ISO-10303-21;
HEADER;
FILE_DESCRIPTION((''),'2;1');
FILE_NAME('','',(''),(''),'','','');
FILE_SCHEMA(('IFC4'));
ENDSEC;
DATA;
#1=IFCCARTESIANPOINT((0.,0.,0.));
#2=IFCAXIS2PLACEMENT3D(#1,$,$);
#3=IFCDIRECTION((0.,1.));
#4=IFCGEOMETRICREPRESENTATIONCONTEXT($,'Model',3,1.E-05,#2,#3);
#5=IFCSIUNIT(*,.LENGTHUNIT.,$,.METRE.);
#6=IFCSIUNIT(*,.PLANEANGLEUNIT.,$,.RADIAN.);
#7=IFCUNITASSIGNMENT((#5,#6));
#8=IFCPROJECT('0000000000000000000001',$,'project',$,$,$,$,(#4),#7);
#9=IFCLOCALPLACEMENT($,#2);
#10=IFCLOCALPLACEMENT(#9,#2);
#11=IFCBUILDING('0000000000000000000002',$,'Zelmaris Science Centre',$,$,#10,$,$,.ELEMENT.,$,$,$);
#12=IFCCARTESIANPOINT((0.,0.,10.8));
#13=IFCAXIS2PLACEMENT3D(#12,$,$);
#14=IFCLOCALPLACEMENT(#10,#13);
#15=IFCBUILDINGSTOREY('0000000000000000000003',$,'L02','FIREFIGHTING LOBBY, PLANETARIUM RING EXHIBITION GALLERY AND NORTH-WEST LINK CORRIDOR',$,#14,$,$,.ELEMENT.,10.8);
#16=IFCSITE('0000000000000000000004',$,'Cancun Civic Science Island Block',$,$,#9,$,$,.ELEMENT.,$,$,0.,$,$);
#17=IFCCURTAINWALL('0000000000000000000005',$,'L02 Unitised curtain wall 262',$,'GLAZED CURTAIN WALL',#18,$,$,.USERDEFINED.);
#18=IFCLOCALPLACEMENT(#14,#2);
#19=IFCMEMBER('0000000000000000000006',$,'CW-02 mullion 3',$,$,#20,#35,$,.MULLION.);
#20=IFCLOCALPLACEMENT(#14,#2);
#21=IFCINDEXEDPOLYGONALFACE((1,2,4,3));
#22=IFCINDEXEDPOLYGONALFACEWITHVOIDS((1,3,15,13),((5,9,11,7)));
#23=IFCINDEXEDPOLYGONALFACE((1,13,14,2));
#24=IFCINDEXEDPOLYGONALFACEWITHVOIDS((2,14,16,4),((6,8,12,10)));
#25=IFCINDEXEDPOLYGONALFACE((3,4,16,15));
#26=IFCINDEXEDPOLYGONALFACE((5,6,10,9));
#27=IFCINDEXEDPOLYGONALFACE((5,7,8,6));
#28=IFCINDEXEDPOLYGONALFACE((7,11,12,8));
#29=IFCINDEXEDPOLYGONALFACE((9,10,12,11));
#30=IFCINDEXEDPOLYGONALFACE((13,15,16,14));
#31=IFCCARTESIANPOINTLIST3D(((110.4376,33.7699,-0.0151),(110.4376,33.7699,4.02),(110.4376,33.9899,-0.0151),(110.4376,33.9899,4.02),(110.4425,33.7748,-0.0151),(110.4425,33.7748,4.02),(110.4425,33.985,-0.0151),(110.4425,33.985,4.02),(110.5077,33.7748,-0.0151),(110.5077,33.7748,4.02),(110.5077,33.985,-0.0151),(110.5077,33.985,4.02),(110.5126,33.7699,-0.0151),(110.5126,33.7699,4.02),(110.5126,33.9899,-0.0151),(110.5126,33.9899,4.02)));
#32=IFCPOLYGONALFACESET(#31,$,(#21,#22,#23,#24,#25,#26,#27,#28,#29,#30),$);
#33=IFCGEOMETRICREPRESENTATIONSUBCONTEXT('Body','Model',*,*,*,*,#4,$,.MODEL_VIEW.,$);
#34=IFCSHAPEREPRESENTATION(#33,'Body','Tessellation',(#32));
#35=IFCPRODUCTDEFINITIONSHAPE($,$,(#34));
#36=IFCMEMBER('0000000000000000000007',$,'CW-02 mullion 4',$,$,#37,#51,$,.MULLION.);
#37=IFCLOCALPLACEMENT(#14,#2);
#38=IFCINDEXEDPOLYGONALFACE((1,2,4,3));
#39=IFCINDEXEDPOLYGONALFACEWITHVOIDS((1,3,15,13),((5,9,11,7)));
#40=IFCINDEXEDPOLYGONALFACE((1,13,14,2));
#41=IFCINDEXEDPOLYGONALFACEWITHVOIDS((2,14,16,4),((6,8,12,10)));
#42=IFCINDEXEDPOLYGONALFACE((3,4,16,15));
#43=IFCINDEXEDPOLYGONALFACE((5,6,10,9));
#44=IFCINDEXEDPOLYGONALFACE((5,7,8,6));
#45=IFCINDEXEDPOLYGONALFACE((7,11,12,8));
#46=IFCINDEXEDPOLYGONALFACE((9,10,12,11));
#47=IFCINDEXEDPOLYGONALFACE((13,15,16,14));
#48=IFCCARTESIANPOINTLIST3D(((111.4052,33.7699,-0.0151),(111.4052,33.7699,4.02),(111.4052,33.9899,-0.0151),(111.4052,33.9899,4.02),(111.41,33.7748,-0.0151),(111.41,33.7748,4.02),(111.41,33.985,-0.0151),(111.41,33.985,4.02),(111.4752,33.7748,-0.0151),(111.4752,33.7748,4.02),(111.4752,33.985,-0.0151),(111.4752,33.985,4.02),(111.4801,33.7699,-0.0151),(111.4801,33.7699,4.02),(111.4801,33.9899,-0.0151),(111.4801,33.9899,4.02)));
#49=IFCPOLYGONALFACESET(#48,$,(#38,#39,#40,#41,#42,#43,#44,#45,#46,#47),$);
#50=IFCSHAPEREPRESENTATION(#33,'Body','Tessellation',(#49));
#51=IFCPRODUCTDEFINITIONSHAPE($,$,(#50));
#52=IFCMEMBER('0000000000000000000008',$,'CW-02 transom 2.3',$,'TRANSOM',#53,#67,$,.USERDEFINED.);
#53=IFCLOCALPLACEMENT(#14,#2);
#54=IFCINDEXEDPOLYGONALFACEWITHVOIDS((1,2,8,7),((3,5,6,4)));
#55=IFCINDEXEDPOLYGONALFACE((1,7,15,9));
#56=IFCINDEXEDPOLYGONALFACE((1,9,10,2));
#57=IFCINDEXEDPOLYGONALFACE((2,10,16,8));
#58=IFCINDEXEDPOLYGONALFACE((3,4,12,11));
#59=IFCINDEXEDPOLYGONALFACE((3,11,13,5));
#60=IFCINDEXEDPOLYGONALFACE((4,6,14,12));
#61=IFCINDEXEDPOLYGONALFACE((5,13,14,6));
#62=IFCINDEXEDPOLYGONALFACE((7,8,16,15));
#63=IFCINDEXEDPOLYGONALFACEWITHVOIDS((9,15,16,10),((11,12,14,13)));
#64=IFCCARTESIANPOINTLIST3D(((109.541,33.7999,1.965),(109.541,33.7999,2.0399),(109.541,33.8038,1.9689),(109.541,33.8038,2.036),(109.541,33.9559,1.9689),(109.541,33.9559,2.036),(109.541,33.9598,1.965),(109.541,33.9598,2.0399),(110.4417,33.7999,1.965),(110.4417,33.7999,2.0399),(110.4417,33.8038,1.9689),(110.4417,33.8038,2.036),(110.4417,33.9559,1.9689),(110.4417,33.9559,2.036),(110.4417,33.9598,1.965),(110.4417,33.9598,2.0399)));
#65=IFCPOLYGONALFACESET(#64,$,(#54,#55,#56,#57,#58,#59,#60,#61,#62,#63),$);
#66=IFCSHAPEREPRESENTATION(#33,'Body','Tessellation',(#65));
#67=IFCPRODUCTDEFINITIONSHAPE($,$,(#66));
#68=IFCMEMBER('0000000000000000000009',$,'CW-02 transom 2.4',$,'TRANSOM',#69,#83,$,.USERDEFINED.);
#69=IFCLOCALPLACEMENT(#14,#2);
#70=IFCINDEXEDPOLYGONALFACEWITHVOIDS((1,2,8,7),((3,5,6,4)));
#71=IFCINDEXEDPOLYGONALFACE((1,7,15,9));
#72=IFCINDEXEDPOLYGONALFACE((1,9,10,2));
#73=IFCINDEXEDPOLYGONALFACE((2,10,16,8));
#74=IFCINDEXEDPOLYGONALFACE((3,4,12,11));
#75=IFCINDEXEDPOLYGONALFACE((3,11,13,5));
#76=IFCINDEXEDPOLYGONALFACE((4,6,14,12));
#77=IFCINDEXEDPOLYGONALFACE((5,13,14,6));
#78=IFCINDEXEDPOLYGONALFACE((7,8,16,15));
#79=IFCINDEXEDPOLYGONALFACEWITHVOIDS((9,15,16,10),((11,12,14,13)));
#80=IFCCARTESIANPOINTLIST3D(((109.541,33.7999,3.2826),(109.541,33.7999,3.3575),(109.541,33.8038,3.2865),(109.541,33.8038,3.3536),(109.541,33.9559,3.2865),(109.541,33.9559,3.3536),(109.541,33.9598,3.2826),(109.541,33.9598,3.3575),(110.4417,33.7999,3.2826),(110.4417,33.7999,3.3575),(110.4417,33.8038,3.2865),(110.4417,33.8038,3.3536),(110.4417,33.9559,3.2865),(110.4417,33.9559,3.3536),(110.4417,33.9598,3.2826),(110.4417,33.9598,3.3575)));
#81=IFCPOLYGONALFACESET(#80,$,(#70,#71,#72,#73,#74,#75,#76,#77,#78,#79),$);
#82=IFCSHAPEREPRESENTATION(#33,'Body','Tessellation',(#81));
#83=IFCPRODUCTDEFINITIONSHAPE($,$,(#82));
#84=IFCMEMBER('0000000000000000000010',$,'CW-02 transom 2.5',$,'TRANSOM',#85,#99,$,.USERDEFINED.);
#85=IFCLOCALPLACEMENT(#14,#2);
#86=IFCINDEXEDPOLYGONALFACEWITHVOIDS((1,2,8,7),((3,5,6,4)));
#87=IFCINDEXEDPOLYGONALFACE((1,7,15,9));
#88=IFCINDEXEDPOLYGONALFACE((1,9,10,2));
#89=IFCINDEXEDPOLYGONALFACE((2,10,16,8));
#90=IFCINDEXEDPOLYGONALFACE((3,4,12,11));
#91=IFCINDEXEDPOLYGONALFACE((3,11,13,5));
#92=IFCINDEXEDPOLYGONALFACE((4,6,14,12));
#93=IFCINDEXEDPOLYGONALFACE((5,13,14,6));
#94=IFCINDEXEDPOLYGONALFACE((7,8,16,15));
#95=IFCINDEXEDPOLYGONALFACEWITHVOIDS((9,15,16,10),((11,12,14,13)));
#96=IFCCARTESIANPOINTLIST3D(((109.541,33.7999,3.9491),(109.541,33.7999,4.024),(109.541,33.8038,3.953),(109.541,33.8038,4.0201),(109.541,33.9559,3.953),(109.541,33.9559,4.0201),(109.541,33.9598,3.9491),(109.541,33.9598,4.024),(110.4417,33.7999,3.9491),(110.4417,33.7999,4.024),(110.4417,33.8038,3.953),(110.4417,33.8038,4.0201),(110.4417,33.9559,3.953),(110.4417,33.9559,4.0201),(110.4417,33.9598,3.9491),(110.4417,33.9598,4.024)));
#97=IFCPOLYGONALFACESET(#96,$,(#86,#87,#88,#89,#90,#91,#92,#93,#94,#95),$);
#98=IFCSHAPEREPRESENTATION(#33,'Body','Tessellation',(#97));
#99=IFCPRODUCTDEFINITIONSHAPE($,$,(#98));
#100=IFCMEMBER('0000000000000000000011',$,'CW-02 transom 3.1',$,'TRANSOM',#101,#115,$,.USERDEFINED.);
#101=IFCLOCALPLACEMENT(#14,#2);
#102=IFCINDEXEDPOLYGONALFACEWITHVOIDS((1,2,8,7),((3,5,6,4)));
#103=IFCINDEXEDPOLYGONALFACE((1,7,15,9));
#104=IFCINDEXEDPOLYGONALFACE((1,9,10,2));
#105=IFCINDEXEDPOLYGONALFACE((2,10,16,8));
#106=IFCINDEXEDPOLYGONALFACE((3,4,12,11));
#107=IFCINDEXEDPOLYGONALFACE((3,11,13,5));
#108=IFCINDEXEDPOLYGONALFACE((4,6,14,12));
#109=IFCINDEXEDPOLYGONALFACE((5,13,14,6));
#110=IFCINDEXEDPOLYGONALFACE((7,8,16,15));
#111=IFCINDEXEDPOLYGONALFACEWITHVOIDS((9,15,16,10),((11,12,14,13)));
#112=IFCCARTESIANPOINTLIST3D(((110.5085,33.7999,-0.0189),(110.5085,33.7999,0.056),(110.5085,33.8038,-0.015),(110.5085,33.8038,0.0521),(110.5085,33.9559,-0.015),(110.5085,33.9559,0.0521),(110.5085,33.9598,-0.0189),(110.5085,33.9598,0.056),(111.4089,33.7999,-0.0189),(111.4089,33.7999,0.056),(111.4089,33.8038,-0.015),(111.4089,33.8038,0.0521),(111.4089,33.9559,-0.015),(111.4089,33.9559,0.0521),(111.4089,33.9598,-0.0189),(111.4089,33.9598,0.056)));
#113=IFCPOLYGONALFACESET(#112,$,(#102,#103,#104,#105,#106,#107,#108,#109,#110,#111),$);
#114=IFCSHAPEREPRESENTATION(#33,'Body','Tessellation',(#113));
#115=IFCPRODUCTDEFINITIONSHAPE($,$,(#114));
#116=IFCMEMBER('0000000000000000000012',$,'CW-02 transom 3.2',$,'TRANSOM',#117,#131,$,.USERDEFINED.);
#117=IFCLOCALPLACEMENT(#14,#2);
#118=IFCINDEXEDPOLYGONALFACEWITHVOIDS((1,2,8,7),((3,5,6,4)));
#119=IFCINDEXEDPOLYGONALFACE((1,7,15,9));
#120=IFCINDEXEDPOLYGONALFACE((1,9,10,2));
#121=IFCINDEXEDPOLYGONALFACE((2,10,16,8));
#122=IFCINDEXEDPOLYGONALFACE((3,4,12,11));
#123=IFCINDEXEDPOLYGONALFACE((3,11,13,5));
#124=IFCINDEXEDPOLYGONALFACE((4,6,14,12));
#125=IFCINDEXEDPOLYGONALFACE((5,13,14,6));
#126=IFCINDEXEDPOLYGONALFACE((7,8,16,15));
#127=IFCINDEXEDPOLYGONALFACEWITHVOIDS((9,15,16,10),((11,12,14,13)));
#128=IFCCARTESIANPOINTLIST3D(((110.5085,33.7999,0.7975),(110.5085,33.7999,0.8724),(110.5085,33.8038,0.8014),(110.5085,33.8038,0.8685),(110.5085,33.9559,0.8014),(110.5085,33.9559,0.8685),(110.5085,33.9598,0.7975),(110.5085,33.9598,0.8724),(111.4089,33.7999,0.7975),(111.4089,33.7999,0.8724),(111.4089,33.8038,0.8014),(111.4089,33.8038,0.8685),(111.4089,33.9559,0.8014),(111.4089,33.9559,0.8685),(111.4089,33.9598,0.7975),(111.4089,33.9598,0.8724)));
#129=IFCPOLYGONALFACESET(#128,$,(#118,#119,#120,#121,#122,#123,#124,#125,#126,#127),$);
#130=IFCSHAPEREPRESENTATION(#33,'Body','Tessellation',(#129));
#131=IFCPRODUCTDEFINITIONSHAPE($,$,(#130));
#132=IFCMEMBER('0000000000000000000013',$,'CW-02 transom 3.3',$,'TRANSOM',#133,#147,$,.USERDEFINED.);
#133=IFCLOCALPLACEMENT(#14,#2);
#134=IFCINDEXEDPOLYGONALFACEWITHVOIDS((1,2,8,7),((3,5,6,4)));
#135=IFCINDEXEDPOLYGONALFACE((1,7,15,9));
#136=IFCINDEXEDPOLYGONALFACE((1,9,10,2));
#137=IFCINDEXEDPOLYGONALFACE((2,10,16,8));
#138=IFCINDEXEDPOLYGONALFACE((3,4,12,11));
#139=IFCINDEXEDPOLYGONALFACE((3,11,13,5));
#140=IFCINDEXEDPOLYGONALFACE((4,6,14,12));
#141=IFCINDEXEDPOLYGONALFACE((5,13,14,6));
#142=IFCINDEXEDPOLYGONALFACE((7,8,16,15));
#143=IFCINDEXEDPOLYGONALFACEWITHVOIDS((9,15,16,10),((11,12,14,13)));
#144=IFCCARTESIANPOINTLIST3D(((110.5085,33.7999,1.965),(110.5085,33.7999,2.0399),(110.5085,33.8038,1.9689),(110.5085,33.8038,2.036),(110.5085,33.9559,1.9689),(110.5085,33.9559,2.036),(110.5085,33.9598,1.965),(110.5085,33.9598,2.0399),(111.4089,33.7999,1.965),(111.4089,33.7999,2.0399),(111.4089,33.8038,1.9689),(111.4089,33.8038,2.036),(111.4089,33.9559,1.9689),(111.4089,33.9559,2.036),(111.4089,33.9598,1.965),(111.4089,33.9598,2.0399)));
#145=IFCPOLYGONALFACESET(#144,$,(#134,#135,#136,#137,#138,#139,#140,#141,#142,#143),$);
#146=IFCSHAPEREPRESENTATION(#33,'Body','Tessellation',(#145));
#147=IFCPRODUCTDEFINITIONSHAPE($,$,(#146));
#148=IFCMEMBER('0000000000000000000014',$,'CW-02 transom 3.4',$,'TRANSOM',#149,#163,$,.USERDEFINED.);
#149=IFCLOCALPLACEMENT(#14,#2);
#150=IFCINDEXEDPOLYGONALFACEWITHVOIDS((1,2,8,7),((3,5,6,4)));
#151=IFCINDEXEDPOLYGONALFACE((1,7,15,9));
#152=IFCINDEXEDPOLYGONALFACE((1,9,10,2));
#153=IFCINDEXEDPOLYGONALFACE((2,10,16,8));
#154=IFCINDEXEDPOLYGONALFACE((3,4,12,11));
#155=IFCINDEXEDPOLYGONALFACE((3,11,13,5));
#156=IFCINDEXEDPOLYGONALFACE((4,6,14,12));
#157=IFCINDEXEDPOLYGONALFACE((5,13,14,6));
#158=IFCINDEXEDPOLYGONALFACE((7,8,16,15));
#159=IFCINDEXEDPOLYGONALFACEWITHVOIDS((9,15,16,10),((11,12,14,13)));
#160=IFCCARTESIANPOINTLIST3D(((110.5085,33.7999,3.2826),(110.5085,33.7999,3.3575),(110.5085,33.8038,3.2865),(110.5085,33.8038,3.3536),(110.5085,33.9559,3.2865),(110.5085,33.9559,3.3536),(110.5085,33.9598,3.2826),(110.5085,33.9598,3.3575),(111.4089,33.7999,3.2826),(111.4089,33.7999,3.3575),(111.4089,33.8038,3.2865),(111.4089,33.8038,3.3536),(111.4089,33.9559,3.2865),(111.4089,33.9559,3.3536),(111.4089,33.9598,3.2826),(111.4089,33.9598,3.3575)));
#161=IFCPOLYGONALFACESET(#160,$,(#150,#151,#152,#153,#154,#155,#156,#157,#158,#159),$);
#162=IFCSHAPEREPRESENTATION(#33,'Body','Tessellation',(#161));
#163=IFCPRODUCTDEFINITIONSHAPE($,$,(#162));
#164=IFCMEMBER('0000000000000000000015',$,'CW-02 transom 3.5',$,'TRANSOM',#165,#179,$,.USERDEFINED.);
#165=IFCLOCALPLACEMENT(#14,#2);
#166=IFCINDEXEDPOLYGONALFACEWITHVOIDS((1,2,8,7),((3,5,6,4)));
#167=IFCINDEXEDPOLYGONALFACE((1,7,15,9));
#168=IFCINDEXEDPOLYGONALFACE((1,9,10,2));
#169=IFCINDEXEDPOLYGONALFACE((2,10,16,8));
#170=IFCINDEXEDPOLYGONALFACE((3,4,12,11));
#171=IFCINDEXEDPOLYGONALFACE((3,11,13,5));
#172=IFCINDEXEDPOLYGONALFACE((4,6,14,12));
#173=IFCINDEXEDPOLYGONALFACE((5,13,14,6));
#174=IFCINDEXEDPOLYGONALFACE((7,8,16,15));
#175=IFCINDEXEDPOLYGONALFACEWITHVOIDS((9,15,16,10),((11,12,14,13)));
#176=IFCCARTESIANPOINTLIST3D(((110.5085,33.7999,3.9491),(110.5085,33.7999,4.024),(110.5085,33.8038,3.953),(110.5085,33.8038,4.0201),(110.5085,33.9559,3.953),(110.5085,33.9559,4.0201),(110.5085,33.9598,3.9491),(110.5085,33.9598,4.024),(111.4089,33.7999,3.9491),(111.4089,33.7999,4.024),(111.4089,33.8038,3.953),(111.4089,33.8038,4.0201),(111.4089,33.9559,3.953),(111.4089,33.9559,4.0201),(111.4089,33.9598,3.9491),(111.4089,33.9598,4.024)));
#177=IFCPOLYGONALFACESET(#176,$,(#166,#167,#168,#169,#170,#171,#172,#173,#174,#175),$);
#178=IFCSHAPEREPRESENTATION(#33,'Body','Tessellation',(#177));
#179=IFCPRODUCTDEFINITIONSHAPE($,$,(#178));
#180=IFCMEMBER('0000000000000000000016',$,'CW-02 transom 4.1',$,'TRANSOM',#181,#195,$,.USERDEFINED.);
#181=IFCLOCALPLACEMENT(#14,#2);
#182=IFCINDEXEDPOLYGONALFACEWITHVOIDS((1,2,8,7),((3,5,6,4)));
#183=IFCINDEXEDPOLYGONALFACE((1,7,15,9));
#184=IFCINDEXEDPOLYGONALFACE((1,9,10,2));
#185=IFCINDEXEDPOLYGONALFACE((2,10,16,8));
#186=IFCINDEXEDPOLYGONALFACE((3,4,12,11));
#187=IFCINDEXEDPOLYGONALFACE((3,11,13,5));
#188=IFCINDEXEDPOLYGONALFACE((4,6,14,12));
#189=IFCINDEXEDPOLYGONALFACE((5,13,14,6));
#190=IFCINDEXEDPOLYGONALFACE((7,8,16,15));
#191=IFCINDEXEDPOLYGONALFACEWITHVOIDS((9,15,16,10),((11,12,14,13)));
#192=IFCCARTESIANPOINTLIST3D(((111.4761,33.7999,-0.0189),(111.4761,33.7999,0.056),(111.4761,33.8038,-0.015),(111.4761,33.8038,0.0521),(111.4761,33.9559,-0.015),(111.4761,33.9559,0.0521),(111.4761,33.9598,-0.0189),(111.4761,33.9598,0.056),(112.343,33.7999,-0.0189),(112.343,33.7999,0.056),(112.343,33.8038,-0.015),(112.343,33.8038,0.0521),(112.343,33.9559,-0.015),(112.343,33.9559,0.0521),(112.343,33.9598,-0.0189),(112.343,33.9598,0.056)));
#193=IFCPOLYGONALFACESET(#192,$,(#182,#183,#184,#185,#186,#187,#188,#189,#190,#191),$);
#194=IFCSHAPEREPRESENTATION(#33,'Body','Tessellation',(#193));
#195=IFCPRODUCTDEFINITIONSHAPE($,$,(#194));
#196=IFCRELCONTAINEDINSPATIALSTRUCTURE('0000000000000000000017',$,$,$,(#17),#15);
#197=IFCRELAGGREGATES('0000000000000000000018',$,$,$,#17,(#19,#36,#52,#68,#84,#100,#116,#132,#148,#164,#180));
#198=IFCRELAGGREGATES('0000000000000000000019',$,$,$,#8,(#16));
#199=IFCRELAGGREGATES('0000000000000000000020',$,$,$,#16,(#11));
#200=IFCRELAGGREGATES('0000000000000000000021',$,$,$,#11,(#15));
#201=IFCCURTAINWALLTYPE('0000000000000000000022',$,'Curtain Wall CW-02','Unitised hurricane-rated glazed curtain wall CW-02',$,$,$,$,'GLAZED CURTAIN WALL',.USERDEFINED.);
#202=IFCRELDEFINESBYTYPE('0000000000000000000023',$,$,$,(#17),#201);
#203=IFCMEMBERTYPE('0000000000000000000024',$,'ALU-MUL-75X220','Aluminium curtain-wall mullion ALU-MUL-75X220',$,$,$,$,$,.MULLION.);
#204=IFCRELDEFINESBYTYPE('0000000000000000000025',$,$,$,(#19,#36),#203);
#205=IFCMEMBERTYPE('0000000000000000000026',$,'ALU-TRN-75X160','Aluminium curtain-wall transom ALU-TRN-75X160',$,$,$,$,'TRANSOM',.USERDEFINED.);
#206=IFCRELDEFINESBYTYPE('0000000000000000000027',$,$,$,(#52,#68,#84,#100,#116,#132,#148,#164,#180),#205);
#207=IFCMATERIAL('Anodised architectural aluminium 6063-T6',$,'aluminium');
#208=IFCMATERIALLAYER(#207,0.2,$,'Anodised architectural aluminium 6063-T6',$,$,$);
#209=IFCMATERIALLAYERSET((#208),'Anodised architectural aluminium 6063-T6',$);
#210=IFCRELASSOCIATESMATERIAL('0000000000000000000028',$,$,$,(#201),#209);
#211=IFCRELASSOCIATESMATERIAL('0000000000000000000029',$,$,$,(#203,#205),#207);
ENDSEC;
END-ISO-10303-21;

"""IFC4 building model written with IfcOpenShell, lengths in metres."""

from ifc_helpers import new_model, si_unit, direction, frame, origin, origin_2d, place, context, subcontext, project, spatial, hollow_rectangle, extrude, material, layer, layer_set, material_profile, profile_set, type_object, element, aggregate, save


model = new_model("IFC4")

# Units and contexts
model_context = context("Model", 3, precision=1e-05, world=origin(), true_north=direction((0.0, 1.0)))
body_context = subcontext(model_context, "Body", "Model", "MODEL_VIEW")
ifc_project = project(units=[si_unit("LENGTHUNIT", "METRE"), si_unit("PLANEANGLEUNIT", "RADIAN")], contexts=[model_context])

# Site, building, storey
site_placement = place(None, origin())
site = spatial("IfcSite", under=ifc_project, at=site_placement, Name="Cancun Civic Science Island Block", CompositionType="ELEMENT", RefElevation=0.0)
building_placement = place(site_placement, origin())
building = spatial("IfcBuilding", under=site, at=building_placement, Name="Zelmaris Science Centre", CompositionType="ELEMENT")
storey_placement = place(building_placement, frame((0.0, 0.0, 10.8)))
storey = spatial("IfcBuildingStorey", under=building, at=storey_placement, Name="L02", Description="FIREFIGHTING LOBBY, PLANETARIUM RING EXHIBITION GALLERY AND NORTH-WEST LINK CORRIDOR", CompositionType="ELEMENT", Elevation=10.8)

# Curtain wall, members
ifc_material_1 = material(Name="Anodised architectural aluminium 6063-T6", Category="aluminium")
ifc_layer_1 = layer(ifc_material_1, 0.2, Name="Anodised architectural aluminium 6063-T6")
ifc_layer_set_1 = layer_set([ifc_layer_1], Name="Anodised architectural aluminium 6063-T6")
curtain_wall_type = type_object("IfcCurtainWallType", Name="Curtain Wall CW-02", Description="Unitised hurricane-rated glazed curtain wall CW-02", ElementType="GLAZED CURTAIN WALL", PredefinedType="USERDEFINED", material=ifc_layer_set_1)
curtain_wall_placement = place(storey_placement, origin())
curtain_wall = element("IfcCurtainWall", 1, at=curtain_wall_placement, inside=storey, type_object=curtain_wall_type, Name="L02 Unitised curtain wall 262", ObjectType="GLAZED CURTAIN WALL", PredefinedType="USERDEFINED")
ifc_material_profile_1 = material_profile(ifc_material_1, hollow_rectangle(XDim=0.075, YDim=0.22, WallThickness=0.0049, at=origin_2d()), Name="ALU-MUL-75X220")
ifc_profile_set_1 = profile_set([ifc_material_profile_1], Name="Anodised architectural aluminium 6063-T6")
member_type_1 = type_object("IfcMemberType", Name="ALU-MUL-75X220", Description="Aluminium curtain-wall mullion ALU-MUL-75X220", PredefinedType="MULLION", material=ifc_profile_set_1)
member_1_placement = place(storey_placement, frame((110.4751, 33.8799, -0.0151), z_axis=(0.0, 0.0, 1.0), x_axis=(1.0, 0.000007, 0.0)))
member_1 = element("IfcMember", 2, at=member_1_placement, type_object=member_type_1, Name="CW-02 mullion 3", PredefinedType="MULLION", context=body_context, shape_type="SweptSolid", body=[
    extrude(hollow_rectangle(XDim=0.075, YDim=0.22, WallThickness=0.0049, at=origin_2d()), origin(), (0.0, 0.0, 1.0), 4.0352),
])
member_2_placement = place(storey_placement, frame((111.4426, 33.8799, -0.0151), z_axis=(0.0, 0.0, 1.0), x_axis=(1.0, 0.000007, 0.0)))
member_2 = element("IfcMember", 3, at=member_2_placement, type_object=member_type_1, Name="CW-02 mullion 4", PredefinedType="MULLION", context=body_context, shape_type="SweptSolid", body=[
    extrude(hollow_rectangle(XDim=0.075, YDim=0.22, WallThickness=0.0049, at=origin_2d()), origin(), (0.0, 0.0, 1.0), 4.0352),
])
ifc_material_profile_2 = material_profile(ifc_material_1, hollow_rectangle(XDim=0.075, YDim=0.1599, WallThickness=0.0039, at=origin_2d()), Name="ALU-TRN-75X160")
ifc_profile_set_2 = profile_set([ifc_material_profile_2], Name="Anodised architectural aluminium 6063-T6")
member_type_2 = type_object("IfcMemberType", Name="ALU-TRN-75X160", Description="Aluminium curtain-wall transom ALU-TRN-75X160", ElementType="TRANSOM", PredefinedType="USERDEFINED", material=ifc_profile_set_2)
member_3_placement = place(storey_placement, frame((109.541, 33.8799, 2.0024), z_axis=(1.0, 0.0, 0.0), x_axis=(0.0, 0.0, 1.0)))
member_3 = element("IfcMember", 4, at=member_3_placement, type_object=member_type_2, Name="CW-02 transom 2.3", ObjectType="TRANSOM", PredefinedType="USERDEFINED", context=body_context, shape_type="SweptSolid", body=[
    extrude(hollow_rectangle(XDim=0.075, YDim=0.1599, WallThickness=0.0039, at=origin_2d()), origin(), (0.0, 0.0, 1.0), 0.9006),
])
member_4_placement = place(storey_placement, frame((109.541, 33.8799, 3.3201), z_axis=(1.0, 0.0, 0.0), x_axis=(0.0, 0.0, 1.0)))
member_4 = element("IfcMember", 5, at=member_4_placement, type_object=member_type_2, Name="CW-02 transom 2.4", ObjectType="TRANSOM", PredefinedType="USERDEFINED", context=body_context, shape_type="SweptSolid", body=[
    extrude(hollow_rectangle(XDim=0.075, YDim=0.1599, WallThickness=0.0039, at=origin_2d()), origin(), (0.0, 0.0, 1.0), 0.9006),
])
member_5_placement = place(storey_placement, frame((109.541, 33.8799, 3.9866), z_axis=(1.0, 0.0, 0.0), x_axis=(0.0, 0.0, 1.0)))
member_5 = element("IfcMember", 6, at=member_5_placement, type_object=member_type_2, Name="CW-02 transom 2.5", ObjectType="TRANSOM", PredefinedType="USERDEFINED", context=body_context, shape_type="SweptSolid", body=[
    extrude(hollow_rectangle(XDim=0.075, YDim=0.1599, WallThickness=0.0039, at=origin_2d()), origin(), (0.0, 0.0, 1.0), 0.9006),
])
member_6_placement = place(storey_placement, frame((110.5085, 33.8799, 0.0186), z_axis=(1.0, 0.0, 0.0), x_axis=(0.0, 0.0, 1.0)))
member_6 = element("IfcMember", 7, at=member_6_placement, type_object=member_type_2, Name="CW-02 transom 3.1", ObjectType="TRANSOM", PredefinedType="USERDEFINED", context=body_context, shape_type="SweptSolid", body=[
    extrude(hollow_rectangle(XDim=0.075, YDim=0.1599, WallThickness=0.0039, at=origin_2d()), origin(), (0.0, 0.0, 1.0), 0.9004),
])
member_7_placement = place(storey_placement, frame((110.5085, 33.8799, 0.835), z_axis=(1.0, 0.0, 0.0), x_axis=(0.0, 0.0, 1.0)))
member_7 = element("IfcMember", 8, at=member_7_placement, type_object=member_type_2, Name="CW-02 transom 3.2", ObjectType="TRANSOM", PredefinedType="USERDEFINED", context=body_context, shape_type="SweptSolid", body=[
    extrude(hollow_rectangle(XDim=0.075, YDim=0.1599, WallThickness=0.0039, at=origin_2d()), origin(), (0.0, 0.0, 1.0), 0.9004),
])
member_8_placement = place(storey_placement, frame((110.5085, 33.8799, 2.0024), z_axis=(1.0, 0.0, 0.0), x_axis=(0.0, 0.0, 1.0)))
member_8 = element("IfcMember", 9, at=member_8_placement, type_object=member_type_2, Name="CW-02 transom 3.3", ObjectType="TRANSOM", PredefinedType="USERDEFINED", context=body_context, shape_type="SweptSolid", body=[
    extrude(hollow_rectangle(XDim=0.075, YDim=0.1599, WallThickness=0.0039, at=origin_2d()), origin(), (0.0, 0.0, 1.0), 0.9004),
])
member_9_placement = place(storey_placement, frame((110.5085, 33.8799, 3.3201), z_axis=(1.0, 0.0, 0.0), x_axis=(0.0, 0.0, 1.0)))
member_9 = element("IfcMember", 10, at=member_9_placement, type_object=member_type_2, Name="CW-02 transom 3.4", ObjectType="TRANSOM", PredefinedType="USERDEFINED", context=body_context, shape_type="SweptSolid", body=[
    extrude(hollow_rectangle(XDim=0.075, YDim=0.1599, WallThickness=0.0039, at=origin_2d()), origin(), (0.0, 0.0, 1.0), 0.9004),
])
member_10_placement = place(storey_placement, frame((110.5085, 33.8799, 3.9866), z_axis=(1.0, 0.0, 0.0), x_axis=(0.0, 0.0, 1.0)))
member_10 = element("IfcMember", 11, at=member_10_placement, type_object=member_type_2, Name="CW-02 transom 3.5", ObjectType="TRANSOM", PredefinedType="USERDEFINED", context=body_context, shape_type="SweptSolid", body=[
    extrude(hollow_rectangle(XDim=0.075, YDim=0.1599, WallThickness=0.0039, at=origin_2d()), origin(), (0.0, 0.0, 1.0), 0.9004),
])
member_11_placement = place(storey_placement, frame((111.4761, 33.8799, 0.0186), z_axis=(1.0, 0.0, 0.0), x_axis=(0.0, 0.0, 1.0)))
member_11 = element("IfcMember", 12, at=member_11_placement, type_object=member_type_2, Name="CW-02 transom 4.1", ObjectType="TRANSOM", PredefinedType="USERDEFINED", context=body_context, shape_type="SweptSolid", body=[
    extrude(hollow_rectangle(XDim=0.075, YDim=0.1599, WallThickness=0.0039, at=origin_2d()), origin(), (0.0, 0.0, 1.0), 0.8669),
])
aggregate(curtain_wall, [member_1, member_2, member_3, member_4, member_5, member_6, member_7, member_8, member_9, member_10, member_11])

save(model, "model.ifc")
